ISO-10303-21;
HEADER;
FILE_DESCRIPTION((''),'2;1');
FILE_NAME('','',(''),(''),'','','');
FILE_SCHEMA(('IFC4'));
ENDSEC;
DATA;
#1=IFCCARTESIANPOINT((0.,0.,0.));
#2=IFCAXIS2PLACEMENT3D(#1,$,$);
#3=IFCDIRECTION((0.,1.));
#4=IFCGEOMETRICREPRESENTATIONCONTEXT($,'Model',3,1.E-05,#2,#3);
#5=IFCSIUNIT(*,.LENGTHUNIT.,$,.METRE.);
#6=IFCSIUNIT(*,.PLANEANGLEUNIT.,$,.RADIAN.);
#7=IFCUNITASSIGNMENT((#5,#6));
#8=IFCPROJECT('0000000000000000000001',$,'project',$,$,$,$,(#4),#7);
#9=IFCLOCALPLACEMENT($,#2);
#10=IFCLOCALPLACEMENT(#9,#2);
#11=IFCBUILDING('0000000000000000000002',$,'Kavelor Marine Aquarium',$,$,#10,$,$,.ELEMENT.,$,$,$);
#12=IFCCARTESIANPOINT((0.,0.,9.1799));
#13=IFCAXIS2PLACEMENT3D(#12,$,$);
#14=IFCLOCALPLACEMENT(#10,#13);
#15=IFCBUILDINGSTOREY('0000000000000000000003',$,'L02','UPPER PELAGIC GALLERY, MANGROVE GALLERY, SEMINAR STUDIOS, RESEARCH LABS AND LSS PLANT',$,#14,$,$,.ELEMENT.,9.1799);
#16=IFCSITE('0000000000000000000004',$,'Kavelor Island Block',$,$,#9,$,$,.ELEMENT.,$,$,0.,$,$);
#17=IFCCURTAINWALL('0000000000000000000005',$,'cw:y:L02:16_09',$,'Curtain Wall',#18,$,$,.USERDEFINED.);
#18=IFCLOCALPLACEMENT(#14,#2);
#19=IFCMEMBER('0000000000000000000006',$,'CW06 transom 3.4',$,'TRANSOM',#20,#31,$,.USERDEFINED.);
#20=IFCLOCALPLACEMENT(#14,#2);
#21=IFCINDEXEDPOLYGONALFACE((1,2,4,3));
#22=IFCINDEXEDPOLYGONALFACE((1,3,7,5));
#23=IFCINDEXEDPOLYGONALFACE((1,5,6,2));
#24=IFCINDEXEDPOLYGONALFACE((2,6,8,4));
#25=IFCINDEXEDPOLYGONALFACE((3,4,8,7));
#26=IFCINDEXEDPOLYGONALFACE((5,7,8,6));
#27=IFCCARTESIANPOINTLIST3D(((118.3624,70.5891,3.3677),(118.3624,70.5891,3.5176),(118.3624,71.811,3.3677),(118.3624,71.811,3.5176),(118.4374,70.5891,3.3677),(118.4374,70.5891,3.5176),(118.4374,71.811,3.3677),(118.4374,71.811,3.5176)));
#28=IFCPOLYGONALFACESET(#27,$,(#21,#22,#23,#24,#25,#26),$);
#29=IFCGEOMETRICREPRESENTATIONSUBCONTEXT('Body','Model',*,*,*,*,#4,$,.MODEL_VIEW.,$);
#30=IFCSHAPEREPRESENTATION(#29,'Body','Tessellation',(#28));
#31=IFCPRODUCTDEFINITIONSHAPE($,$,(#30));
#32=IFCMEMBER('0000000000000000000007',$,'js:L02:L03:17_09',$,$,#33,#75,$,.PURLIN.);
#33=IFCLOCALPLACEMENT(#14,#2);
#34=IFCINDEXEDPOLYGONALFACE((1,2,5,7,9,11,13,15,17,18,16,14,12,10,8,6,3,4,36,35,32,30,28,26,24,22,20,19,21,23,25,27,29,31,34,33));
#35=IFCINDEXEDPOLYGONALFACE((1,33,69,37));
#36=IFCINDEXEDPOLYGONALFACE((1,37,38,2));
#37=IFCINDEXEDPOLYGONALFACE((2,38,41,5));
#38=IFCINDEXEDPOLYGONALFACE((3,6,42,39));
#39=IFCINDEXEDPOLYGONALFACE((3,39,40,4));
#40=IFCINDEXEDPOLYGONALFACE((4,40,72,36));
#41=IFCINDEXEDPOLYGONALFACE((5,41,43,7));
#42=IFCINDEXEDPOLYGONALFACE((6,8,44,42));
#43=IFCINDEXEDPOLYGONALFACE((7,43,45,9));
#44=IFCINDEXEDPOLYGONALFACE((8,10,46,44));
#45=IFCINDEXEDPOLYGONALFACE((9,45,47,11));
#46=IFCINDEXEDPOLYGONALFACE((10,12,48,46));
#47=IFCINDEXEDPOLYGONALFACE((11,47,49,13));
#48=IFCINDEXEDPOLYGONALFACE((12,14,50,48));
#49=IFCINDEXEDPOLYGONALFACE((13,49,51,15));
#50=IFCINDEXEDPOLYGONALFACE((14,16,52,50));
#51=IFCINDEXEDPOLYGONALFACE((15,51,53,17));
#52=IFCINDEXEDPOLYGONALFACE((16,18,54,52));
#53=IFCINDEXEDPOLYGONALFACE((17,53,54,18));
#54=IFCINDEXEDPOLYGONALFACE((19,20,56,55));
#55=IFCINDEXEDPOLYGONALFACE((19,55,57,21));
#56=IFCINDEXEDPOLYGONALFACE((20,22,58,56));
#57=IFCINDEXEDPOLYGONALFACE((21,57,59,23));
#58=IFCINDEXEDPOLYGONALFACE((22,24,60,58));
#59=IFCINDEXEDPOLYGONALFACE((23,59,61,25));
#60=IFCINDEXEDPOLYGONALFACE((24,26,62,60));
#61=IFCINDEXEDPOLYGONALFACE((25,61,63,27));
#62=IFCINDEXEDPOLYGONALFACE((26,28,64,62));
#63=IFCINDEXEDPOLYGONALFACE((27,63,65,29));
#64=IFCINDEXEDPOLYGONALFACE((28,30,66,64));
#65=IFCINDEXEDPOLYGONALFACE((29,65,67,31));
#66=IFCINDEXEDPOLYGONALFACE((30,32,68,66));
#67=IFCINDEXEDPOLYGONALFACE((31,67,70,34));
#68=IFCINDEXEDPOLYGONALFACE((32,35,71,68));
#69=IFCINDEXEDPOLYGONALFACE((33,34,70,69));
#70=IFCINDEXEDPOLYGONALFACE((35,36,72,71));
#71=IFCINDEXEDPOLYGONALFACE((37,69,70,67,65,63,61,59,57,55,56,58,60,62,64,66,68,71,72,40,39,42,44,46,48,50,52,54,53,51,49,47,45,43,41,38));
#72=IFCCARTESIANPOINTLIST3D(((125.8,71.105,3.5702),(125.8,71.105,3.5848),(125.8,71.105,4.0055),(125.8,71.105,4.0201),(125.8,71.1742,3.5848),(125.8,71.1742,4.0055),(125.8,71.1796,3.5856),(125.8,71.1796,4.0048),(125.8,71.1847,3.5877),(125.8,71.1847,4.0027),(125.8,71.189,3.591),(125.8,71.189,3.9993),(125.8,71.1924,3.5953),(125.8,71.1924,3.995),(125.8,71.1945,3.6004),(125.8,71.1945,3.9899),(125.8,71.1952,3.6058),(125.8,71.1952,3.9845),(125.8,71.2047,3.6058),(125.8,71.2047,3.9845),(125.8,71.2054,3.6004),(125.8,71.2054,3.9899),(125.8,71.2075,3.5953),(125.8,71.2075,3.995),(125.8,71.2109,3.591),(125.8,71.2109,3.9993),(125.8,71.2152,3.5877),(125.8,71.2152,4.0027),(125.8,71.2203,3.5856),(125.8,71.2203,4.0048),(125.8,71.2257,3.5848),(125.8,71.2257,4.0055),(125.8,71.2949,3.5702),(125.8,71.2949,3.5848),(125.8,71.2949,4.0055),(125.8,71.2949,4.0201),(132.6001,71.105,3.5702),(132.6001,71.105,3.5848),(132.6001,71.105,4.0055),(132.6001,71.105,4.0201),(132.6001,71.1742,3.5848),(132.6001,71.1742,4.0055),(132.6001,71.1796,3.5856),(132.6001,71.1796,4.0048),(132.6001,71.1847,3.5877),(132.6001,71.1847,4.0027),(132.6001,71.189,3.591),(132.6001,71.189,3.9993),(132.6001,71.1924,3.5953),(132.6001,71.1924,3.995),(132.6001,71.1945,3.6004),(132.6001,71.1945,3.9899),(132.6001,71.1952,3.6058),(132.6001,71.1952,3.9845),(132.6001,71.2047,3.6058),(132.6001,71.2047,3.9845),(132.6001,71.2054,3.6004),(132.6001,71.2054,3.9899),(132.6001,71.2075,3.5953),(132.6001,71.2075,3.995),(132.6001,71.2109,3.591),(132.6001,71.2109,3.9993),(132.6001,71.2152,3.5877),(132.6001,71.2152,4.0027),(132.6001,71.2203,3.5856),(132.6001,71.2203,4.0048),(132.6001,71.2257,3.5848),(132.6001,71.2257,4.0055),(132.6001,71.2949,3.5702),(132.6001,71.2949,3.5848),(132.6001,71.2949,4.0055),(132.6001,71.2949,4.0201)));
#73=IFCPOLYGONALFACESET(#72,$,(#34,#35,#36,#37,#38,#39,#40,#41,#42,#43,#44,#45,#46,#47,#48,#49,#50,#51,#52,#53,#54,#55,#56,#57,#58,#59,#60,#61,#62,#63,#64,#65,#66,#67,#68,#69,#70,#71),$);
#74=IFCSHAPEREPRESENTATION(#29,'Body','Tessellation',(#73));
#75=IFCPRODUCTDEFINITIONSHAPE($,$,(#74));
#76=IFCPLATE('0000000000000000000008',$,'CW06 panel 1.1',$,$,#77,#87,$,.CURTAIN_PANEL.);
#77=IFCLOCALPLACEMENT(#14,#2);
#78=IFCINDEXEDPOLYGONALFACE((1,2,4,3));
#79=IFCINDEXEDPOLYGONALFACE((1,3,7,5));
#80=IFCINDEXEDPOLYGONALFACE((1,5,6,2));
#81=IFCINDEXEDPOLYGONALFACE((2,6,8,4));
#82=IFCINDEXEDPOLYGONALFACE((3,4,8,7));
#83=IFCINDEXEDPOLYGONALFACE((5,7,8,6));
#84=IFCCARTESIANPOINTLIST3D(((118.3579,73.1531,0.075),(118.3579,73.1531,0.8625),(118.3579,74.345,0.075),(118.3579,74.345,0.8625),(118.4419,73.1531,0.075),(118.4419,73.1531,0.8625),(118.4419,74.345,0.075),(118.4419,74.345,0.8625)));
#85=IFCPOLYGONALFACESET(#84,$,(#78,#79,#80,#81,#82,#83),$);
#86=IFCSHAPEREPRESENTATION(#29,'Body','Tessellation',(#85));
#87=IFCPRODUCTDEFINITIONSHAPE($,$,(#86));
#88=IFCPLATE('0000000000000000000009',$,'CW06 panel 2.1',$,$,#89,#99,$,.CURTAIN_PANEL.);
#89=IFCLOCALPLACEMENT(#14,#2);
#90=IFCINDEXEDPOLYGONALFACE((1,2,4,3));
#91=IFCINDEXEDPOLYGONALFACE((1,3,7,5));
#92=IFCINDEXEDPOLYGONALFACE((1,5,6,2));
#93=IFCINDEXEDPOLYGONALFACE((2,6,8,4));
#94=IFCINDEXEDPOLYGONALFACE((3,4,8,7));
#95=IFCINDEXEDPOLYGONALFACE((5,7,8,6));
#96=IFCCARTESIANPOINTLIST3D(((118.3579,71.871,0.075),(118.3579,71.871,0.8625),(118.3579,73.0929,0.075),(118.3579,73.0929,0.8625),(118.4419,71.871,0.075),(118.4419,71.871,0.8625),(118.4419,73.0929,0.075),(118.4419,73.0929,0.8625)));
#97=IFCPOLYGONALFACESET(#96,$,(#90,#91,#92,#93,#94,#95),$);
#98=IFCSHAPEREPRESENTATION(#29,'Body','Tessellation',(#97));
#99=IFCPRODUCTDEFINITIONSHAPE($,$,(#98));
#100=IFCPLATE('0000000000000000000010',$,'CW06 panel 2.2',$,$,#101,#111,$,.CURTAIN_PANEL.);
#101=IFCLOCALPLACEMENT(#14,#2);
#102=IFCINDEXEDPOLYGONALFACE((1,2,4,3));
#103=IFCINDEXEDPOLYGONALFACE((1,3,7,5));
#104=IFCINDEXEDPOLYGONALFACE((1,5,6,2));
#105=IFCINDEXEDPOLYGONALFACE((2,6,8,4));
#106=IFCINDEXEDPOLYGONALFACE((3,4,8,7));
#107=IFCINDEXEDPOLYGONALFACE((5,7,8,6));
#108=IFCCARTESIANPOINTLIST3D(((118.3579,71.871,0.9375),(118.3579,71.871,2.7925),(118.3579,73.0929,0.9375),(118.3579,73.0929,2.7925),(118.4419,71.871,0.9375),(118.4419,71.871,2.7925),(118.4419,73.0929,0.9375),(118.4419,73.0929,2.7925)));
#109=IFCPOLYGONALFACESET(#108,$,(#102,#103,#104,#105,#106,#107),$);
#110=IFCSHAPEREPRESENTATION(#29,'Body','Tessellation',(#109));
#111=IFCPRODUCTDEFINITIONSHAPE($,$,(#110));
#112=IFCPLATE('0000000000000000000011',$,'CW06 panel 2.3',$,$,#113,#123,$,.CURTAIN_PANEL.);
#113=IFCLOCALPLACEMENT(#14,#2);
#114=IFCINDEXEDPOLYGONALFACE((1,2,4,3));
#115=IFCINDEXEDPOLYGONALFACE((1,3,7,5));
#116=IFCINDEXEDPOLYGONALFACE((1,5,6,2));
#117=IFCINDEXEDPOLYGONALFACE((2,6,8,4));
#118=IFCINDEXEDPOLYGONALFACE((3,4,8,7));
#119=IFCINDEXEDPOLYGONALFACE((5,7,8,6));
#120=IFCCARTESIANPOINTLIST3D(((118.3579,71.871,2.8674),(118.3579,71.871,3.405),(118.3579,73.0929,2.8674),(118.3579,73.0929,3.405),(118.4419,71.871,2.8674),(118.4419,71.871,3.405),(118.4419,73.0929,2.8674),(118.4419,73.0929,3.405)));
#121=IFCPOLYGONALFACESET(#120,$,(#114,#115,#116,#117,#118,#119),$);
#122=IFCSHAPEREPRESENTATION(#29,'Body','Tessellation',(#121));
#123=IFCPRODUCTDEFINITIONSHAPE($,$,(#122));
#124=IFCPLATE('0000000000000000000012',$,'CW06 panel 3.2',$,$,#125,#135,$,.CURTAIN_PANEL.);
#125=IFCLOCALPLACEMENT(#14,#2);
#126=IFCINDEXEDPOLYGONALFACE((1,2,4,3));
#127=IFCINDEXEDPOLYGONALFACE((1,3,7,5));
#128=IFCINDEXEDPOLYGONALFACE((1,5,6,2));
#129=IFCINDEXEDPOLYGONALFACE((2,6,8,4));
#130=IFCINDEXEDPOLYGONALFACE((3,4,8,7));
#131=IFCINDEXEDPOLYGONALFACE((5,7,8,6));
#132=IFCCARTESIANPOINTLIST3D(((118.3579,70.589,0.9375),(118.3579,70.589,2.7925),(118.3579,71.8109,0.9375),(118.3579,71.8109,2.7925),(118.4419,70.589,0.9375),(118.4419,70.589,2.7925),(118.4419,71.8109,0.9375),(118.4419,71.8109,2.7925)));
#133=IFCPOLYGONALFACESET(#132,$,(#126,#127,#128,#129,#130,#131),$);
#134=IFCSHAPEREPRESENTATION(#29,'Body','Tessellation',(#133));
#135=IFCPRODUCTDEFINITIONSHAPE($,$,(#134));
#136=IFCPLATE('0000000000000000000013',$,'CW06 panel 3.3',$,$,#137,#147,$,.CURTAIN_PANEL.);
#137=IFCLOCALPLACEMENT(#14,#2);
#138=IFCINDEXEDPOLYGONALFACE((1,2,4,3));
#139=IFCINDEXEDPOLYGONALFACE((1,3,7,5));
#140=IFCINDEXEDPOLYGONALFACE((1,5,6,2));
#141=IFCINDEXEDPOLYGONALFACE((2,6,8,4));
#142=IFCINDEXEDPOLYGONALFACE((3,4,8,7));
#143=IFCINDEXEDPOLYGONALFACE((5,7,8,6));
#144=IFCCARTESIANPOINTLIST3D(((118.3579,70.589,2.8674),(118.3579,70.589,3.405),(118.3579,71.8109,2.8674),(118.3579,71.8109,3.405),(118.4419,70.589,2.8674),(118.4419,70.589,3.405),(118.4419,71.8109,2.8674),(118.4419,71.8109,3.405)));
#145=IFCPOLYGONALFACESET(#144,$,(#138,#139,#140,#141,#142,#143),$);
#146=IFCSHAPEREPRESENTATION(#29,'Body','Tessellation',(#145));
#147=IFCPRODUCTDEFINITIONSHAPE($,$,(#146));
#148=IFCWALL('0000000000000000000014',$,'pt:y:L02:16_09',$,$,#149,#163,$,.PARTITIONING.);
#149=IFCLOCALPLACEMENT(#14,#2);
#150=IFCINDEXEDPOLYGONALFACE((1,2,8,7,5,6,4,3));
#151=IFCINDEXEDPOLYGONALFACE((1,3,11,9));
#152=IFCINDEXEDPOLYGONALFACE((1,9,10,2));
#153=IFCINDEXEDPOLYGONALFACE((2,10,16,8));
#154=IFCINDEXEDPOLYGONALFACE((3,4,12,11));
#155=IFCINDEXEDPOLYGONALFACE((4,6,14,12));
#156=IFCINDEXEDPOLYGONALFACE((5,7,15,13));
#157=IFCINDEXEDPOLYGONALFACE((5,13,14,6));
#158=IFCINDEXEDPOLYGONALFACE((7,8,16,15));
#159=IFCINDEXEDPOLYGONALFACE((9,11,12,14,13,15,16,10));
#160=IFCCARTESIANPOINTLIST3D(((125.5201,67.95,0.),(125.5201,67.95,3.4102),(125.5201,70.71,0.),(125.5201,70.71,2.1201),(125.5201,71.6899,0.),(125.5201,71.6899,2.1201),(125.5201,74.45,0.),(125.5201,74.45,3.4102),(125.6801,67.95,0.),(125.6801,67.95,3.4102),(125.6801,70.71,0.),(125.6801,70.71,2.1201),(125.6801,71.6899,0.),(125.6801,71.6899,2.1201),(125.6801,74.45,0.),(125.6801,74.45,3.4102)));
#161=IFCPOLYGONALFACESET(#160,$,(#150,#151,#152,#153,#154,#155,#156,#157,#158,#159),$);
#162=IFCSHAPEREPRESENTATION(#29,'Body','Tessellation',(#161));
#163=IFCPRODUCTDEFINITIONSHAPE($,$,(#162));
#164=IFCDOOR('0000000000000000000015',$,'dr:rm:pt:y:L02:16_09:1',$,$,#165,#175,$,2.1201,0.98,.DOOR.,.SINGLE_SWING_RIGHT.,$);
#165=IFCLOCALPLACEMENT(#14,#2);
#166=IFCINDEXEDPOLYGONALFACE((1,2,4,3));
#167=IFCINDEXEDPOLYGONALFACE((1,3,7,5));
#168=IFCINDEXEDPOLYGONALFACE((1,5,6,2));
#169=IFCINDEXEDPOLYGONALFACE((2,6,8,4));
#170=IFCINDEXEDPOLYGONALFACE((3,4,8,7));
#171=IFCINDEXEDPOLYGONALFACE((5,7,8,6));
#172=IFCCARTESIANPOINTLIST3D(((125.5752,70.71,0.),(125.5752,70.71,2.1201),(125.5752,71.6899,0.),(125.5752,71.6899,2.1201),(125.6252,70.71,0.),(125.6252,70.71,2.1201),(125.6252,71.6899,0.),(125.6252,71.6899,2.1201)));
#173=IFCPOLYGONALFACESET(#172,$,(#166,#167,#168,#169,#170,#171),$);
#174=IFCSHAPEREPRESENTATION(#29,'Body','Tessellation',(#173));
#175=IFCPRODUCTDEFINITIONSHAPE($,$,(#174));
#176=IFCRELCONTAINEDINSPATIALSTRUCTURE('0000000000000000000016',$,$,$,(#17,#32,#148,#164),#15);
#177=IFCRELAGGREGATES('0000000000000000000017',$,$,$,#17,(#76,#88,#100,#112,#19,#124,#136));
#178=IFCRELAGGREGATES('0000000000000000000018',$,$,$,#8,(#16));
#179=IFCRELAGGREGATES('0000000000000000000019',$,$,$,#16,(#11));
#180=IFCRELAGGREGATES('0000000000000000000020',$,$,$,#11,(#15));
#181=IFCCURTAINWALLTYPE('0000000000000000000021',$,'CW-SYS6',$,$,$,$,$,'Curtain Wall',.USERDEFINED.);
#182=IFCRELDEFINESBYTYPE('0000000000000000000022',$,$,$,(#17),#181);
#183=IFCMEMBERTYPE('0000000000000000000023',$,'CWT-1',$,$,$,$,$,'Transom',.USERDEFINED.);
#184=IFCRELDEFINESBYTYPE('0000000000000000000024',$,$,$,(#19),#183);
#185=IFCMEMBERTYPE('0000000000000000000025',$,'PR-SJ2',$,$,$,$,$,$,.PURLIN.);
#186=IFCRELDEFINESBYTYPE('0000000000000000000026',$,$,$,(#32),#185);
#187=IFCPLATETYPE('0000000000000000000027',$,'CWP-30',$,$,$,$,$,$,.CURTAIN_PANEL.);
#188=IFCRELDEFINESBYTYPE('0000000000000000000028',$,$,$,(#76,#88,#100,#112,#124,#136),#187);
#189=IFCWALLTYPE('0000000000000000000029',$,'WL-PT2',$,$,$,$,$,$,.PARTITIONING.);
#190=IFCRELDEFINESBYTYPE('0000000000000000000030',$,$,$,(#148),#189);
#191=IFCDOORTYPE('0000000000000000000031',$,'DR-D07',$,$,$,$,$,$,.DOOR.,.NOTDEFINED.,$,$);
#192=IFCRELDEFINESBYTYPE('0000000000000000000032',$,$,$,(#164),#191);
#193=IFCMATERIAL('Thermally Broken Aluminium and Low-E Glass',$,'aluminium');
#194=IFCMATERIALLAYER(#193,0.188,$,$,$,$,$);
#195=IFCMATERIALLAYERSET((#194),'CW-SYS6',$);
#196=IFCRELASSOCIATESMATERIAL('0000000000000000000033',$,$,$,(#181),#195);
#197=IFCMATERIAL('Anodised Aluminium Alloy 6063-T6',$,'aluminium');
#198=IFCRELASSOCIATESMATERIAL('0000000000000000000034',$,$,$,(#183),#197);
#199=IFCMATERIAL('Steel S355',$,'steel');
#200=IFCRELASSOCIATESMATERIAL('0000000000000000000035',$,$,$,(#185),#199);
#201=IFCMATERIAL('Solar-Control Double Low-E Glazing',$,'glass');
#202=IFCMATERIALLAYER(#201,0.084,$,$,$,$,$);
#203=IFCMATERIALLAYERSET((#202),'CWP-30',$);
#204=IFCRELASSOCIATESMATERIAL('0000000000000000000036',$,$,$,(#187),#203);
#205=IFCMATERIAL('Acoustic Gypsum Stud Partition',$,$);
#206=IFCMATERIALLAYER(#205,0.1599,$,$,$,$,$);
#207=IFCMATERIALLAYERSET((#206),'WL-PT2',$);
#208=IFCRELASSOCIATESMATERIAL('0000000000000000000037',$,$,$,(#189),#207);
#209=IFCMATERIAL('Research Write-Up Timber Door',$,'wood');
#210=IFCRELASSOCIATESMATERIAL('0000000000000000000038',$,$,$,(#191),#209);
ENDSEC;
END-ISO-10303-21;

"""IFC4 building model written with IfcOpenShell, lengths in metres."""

from ifc_helpers import new_model, si_unit, direction, frame, frame_2d, origin, origin_2d, place, context, subcontext, project, spatial, rectangle, i_section, extrude, material, layer, layer_set, material_profile, profile_set, type_object, element, fill, aggregate, save


model = new_model("IFC4")

# Units and contexts
model_context = context("Model", 3, precision=1e-05, world=origin(), true_north=direction((0.0, 1.0)))
body_context = subcontext(model_context, "Body", "Model", "MODEL_VIEW")
ifc_project = project(units=[si_unit("LENGTHUNIT", "METRE"), si_unit("PLANEANGLEUNIT", "RADIAN")], contexts=[model_context])

# Site, building, storey
site_placement = place(None, origin())
site = spatial("IfcSite", under=ifc_project, at=site_placement, Name="Kavelor Island Block", CompositionType="ELEMENT", RefElevation=0.0)
building_placement = place(site_placement, origin())
building = spatial("IfcBuilding", under=site, at=building_placement, Name="Kavelor Marine Aquarium", CompositionType="ELEMENT")
storey_placement = place(building_placement, frame((0.0, 0.0, 9.1799)))
storey = spatial("IfcBuildingStorey", under=building, at=storey_placement, Name="L02", Description="UPPER PELAGIC GALLERY, MANGROVE GALLERY, SEMINAR STUDIOS, RESEARCH LABS AND LSS PLANT", CompositionType="ELEMENT", Elevation=9.1799)

# Curtain wall, member
ifc_material_1 = material(Name="Thermally Broken Aluminium and Low-E Glass", Category="aluminium")
ifc_layer_1 = layer(ifc_material_1, 0.188)
ifc_layer_set_1 = layer_set([ifc_layer_1], Name="CW-SYS6")
curtain_wall_type = type_object("IfcCurtainWallType", Name="CW-SYS6", ElementType="Curtain Wall", PredefinedType="USERDEFINED", material=ifc_layer_set_1)
curtain_wall_placement = place(storey_placement, origin())
curtain_wall = element("IfcCurtainWall", 1, at=curtain_wall_placement, inside=storey, type_object=curtain_wall_type, Name="cw:y:L02:16_09", ObjectType="Curtain Wall", PredefinedType="USERDEFINED")
ifc_material_2 = material(Name="Anodised Aluminium Alloy 6063-T6", Category="aluminium")
ifc_material_profile_1 = material_profile(ifc_material_2, rectangle(XDim=0.075, YDim=0.1499, at=origin_2d()), Name="CW-TRN 75x150")
ifc_profile_set_1 = profile_set([ifc_material_profile_1], Name="Anodised Aluminium Alloy 6063-T6")
member_type_1 = type_object("IfcMemberType", Name="CWT-1", ElementType="Transom", PredefinedType="USERDEFINED", material=ifc_profile_set_1)
member_1_placement = place(storey_placement, frame((118.3999, 71.811, 3.4426), z_axis=(0.0, -1.0, 0.0), x_axis=(1.0, 0.0, 0.0)))
member_1 = element("IfcMember", 2, at=member_1_placement, type_object=member_type_1, Name="CW06 transom 3.4", ObjectType="TRANSOM", PredefinedType="USERDEFINED", context=body_context, shape_type="SweptSolid", body=[
    extrude(rectangle(XDim=0.075, YDim=0.1499, at=origin_2d()), origin(), (0.0, 0.0, 1.0), 1.2219),
])

# Member
ifc_material_3 = material(Name="Steel S355", Category="steel")
ifc_material_profile_2 = material_profile(ifc_material_3, i_section(OverallWidth=0.1899, OverallDepth=0.45, WebThickness=0.0095, FlangeThickness=0.0146, FilletRadius=0.021, at=origin_2d()), Name="IPE 450")
ifc_profile_set_2 = profile_set([ifc_material_profile_2], Name="Steel S355")
member_type_2 = type_object("IfcMemberType", Name="PR-SJ2", PredefinedType="PURLIN", material=ifc_profile_set_2)
member_2_placement = place(storey_placement, frame((125.8, 71.2, 3.7952), z_axis=(1.0, 0.0, 0.0), x_axis=(0.0, 1.0, 0.0)))
element("IfcMember", 3, at=member_2_placement, inside=storey, type_object=member_type_2, Name="js:L02:L03:17_09", PredefinedType="PURLIN", context=body_context, shape_type="SweptSolid", body=[
    extrude(i_section(OverallWidth=0.1899, OverallDepth=0.45, WebThickness=0.0095, FlangeThickness=0.0146, FilletRadius=0.021, at=origin_2d()), origin(), (0.0, 0.0, 1.0), 6.8),
])

# Plates
ifc_material_4 = material(Name="Solar-Control Double Low-E Glazing", Category="glass")
ifc_layer_2 = layer(ifc_material_4, 0.084)
ifc_layer_set_2 = layer_set([ifc_layer_2], Name="CWP-30")
plate_type = type_object("IfcPlateType", Name="CWP-30", PredefinedType="CURTAIN_PANEL", material=ifc_layer_set_2)
plate_1_placement = place(storey_placement, frame((118.3999, 73.749, 0.075), z_axis=(0.0, 0.0, 1.0), x_axis=(0.0, -1.0, 0.0)))
plate_1 = element("IfcPlate", 4, at=plate_1_placement, type_object=plate_type, Name="CW06 panel 1.1", PredefinedType="CURTAIN_PANEL", context=body_context, shape_type="SweptSolid", body=[
    extrude(rectangle(XDim=1.1919, YDim=0.084, at=origin_2d()), origin(), (0.0, 0.0, 1.0), 0.7876),
])
plate_2_placement = place(storey_placement, frame((118.3999, 72.4819, 0.075), z_axis=(0.0, 0.0, 1.0), x_axis=(0.0, -1.0, 0.0)))
plate_2 = element("IfcPlate", 5, at=plate_2_placement, type_object=plate_type, Name="CW06 panel 2.1", PredefinedType="CURTAIN_PANEL", context=body_context, shape_type="SweptSolid", body=[
    extrude(rectangle(XDim=1.2219, YDim=0.084, at=origin_2d()), origin(), (0.0, 0.0, 1.0), 0.7876),
])
plate_3_placement = place(storey_placement, frame((118.3999, 72.4819, 0.9375), z_axis=(0.0, 0.0, 1.0), x_axis=(0.0, -1.0, 0.0)))
plate_3 = element("IfcPlate", 6, at=plate_3_placement, type_object=plate_type, Name="CW06 panel 2.2", PredefinedType="CURTAIN_PANEL", context=body_context, shape_type="SweptSolid", body=[
    extrude(rectangle(XDim=1.2219, YDim=0.084, at=origin_2d()), origin(), (0.0, 0.0, 1.0), 1.855),
])
plate_4_placement = place(storey_placement, frame((118.3999, 72.4819, 2.8674), z_axis=(0.0, 0.0, 1.0), x_axis=(0.0, -1.0, 0.0)))
plate_4 = element("IfcPlate", 7, at=plate_4_placement, type_object=plate_type, Name="CW06 panel 2.3", PredefinedType="CURTAIN_PANEL", context=body_context, shape_type="SweptSolid", body=[
    extrude(rectangle(XDim=1.2219, YDim=0.084, at=origin_2d()), origin(), (0.0, 0.0, 1.0), 0.5376),
])
plate_5_placement = place(storey_placement, frame((118.3999, 71.2, 0.9375), z_axis=(0.0, 0.0, 1.0), x_axis=(0.0, -1.0, 0.0)))
plate_5 = element("IfcPlate", 8, at=plate_5_placement, type_object=plate_type, Name="CW06 panel 3.2", PredefinedType="CURTAIN_PANEL", context=body_context, shape_type="SweptSolid", body=[
    extrude(rectangle(XDim=1.2219, YDim=0.084, at=origin_2d()), origin(), (0.0, 0.0, 1.0), 1.855),
])
plate_6_placement = place(storey_placement, frame((118.3999, 71.2, 2.8674), z_axis=(0.0, 0.0, 1.0), x_axis=(0.0, -1.0, 0.0)))
plate_6 = element("IfcPlate", 9, at=plate_6_placement, type_object=plate_type, Name="CW06 panel 3.3", PredefinedType="CURTAIN_PANEL", context=body_context, shape_type="SweptSolid", body=[
    extrude(rectangle(XDim=1.2219, YDim=0.084, at=origin_2d()), origin(), (0.0, 0.0, 1.0), 0.5376),
])
aggregate(curtain_wall, [plate_1, plate_2, plate_3, plate_4, member_1, plate_5, plate_6])

# Wall, opening, door
ifc_material_5 = material(Name="Acoustic Gypsum Stud Partition")
ifc_layer_3 = layer(ifc_material_5, 0.1599)
ifc_layer_set_3 = layer_set([ifc_layer_3], Name="WL-PT2")
wall_type_1 = type_object("IfcWallType", Name="WL-PT2", PredefinedType="PARTITIONING", material=ifc_layer_set_3)
wall_1_placement = place(storey_placement, frame((125.6001, 67.95, 0.0), z_axis=(0.0, 0.0, 1.0), x_axis=(0.0, 1.0, 0.0)))
wall_1 = element("IfcWall", 10, at=wall_1_placement, inside=storey, type_object=wall_type_1, Name="pt:y:L02:16_09", PredefinedType="PARTITIONING", context=body_context, shape_type="SweptSolid", body=[
    extrude(rectangle(XDim=6.5, YDim=0.1599, at=frame_2d((3.25, 0.0))), origin(), (0.0, 0.0, 1.0), 3.4102),
])
opening_placement = place(wall_1_placement, frame((2.76, 0.0, 0.0)))
opening = element("IfcOpeningElement", 11, at=opening_placement, cuts=wall_1, PredefinedType="OPENING", context=body_context, shape_type="SweptSolid", body=[
    extrude(rectangle(XDim=0.98, YDim=2.1201, at=frame_2d((0.49, 1.0601))), frame((0.0, 0.0898, 0.0), z_axis=(0.0, -1.0, 0.0), x_axis=(1.0, 0.0, 0.0)), (0.0, 0.0, 1.0), 0.1799),
])
ifc_material_6 = material(Name="Research Write-Up Timber Door", Category="wood")
door_type = type_object("IfcDoorType", Name="DR-D07", OperationType="NOTDEFINED", PredefinedType="DOOR", material=ifc_material_6)
door_placement = place(opening_placement, origin())
door = element("IfcDoor", 12, at=door_placement, inside=storey, type_object=door_type, Name="dr:rm:pt:y:L02:16_09:1", OperationType="SINGLE_SWING_RIGHT", OverallHeight=2.1201, OverallWidth=0.98, PredefinedType="DOOR", context=body_context, shape_type="SweptSolid", body=[
    extrude(rectangle(XDim=0.98, YDim=2.1201, at=frame_2d((0.49, 1.0601))), frame((0.0, 0.0249, 0.0), z_axis=(0.0, -1.0, 0.0), x_axis=(1.0, 0.0, 0.0)), (0.0, 0.0, 1.0), 0.05),
])
fill(opening, door)

save(model, "model.ifc")
